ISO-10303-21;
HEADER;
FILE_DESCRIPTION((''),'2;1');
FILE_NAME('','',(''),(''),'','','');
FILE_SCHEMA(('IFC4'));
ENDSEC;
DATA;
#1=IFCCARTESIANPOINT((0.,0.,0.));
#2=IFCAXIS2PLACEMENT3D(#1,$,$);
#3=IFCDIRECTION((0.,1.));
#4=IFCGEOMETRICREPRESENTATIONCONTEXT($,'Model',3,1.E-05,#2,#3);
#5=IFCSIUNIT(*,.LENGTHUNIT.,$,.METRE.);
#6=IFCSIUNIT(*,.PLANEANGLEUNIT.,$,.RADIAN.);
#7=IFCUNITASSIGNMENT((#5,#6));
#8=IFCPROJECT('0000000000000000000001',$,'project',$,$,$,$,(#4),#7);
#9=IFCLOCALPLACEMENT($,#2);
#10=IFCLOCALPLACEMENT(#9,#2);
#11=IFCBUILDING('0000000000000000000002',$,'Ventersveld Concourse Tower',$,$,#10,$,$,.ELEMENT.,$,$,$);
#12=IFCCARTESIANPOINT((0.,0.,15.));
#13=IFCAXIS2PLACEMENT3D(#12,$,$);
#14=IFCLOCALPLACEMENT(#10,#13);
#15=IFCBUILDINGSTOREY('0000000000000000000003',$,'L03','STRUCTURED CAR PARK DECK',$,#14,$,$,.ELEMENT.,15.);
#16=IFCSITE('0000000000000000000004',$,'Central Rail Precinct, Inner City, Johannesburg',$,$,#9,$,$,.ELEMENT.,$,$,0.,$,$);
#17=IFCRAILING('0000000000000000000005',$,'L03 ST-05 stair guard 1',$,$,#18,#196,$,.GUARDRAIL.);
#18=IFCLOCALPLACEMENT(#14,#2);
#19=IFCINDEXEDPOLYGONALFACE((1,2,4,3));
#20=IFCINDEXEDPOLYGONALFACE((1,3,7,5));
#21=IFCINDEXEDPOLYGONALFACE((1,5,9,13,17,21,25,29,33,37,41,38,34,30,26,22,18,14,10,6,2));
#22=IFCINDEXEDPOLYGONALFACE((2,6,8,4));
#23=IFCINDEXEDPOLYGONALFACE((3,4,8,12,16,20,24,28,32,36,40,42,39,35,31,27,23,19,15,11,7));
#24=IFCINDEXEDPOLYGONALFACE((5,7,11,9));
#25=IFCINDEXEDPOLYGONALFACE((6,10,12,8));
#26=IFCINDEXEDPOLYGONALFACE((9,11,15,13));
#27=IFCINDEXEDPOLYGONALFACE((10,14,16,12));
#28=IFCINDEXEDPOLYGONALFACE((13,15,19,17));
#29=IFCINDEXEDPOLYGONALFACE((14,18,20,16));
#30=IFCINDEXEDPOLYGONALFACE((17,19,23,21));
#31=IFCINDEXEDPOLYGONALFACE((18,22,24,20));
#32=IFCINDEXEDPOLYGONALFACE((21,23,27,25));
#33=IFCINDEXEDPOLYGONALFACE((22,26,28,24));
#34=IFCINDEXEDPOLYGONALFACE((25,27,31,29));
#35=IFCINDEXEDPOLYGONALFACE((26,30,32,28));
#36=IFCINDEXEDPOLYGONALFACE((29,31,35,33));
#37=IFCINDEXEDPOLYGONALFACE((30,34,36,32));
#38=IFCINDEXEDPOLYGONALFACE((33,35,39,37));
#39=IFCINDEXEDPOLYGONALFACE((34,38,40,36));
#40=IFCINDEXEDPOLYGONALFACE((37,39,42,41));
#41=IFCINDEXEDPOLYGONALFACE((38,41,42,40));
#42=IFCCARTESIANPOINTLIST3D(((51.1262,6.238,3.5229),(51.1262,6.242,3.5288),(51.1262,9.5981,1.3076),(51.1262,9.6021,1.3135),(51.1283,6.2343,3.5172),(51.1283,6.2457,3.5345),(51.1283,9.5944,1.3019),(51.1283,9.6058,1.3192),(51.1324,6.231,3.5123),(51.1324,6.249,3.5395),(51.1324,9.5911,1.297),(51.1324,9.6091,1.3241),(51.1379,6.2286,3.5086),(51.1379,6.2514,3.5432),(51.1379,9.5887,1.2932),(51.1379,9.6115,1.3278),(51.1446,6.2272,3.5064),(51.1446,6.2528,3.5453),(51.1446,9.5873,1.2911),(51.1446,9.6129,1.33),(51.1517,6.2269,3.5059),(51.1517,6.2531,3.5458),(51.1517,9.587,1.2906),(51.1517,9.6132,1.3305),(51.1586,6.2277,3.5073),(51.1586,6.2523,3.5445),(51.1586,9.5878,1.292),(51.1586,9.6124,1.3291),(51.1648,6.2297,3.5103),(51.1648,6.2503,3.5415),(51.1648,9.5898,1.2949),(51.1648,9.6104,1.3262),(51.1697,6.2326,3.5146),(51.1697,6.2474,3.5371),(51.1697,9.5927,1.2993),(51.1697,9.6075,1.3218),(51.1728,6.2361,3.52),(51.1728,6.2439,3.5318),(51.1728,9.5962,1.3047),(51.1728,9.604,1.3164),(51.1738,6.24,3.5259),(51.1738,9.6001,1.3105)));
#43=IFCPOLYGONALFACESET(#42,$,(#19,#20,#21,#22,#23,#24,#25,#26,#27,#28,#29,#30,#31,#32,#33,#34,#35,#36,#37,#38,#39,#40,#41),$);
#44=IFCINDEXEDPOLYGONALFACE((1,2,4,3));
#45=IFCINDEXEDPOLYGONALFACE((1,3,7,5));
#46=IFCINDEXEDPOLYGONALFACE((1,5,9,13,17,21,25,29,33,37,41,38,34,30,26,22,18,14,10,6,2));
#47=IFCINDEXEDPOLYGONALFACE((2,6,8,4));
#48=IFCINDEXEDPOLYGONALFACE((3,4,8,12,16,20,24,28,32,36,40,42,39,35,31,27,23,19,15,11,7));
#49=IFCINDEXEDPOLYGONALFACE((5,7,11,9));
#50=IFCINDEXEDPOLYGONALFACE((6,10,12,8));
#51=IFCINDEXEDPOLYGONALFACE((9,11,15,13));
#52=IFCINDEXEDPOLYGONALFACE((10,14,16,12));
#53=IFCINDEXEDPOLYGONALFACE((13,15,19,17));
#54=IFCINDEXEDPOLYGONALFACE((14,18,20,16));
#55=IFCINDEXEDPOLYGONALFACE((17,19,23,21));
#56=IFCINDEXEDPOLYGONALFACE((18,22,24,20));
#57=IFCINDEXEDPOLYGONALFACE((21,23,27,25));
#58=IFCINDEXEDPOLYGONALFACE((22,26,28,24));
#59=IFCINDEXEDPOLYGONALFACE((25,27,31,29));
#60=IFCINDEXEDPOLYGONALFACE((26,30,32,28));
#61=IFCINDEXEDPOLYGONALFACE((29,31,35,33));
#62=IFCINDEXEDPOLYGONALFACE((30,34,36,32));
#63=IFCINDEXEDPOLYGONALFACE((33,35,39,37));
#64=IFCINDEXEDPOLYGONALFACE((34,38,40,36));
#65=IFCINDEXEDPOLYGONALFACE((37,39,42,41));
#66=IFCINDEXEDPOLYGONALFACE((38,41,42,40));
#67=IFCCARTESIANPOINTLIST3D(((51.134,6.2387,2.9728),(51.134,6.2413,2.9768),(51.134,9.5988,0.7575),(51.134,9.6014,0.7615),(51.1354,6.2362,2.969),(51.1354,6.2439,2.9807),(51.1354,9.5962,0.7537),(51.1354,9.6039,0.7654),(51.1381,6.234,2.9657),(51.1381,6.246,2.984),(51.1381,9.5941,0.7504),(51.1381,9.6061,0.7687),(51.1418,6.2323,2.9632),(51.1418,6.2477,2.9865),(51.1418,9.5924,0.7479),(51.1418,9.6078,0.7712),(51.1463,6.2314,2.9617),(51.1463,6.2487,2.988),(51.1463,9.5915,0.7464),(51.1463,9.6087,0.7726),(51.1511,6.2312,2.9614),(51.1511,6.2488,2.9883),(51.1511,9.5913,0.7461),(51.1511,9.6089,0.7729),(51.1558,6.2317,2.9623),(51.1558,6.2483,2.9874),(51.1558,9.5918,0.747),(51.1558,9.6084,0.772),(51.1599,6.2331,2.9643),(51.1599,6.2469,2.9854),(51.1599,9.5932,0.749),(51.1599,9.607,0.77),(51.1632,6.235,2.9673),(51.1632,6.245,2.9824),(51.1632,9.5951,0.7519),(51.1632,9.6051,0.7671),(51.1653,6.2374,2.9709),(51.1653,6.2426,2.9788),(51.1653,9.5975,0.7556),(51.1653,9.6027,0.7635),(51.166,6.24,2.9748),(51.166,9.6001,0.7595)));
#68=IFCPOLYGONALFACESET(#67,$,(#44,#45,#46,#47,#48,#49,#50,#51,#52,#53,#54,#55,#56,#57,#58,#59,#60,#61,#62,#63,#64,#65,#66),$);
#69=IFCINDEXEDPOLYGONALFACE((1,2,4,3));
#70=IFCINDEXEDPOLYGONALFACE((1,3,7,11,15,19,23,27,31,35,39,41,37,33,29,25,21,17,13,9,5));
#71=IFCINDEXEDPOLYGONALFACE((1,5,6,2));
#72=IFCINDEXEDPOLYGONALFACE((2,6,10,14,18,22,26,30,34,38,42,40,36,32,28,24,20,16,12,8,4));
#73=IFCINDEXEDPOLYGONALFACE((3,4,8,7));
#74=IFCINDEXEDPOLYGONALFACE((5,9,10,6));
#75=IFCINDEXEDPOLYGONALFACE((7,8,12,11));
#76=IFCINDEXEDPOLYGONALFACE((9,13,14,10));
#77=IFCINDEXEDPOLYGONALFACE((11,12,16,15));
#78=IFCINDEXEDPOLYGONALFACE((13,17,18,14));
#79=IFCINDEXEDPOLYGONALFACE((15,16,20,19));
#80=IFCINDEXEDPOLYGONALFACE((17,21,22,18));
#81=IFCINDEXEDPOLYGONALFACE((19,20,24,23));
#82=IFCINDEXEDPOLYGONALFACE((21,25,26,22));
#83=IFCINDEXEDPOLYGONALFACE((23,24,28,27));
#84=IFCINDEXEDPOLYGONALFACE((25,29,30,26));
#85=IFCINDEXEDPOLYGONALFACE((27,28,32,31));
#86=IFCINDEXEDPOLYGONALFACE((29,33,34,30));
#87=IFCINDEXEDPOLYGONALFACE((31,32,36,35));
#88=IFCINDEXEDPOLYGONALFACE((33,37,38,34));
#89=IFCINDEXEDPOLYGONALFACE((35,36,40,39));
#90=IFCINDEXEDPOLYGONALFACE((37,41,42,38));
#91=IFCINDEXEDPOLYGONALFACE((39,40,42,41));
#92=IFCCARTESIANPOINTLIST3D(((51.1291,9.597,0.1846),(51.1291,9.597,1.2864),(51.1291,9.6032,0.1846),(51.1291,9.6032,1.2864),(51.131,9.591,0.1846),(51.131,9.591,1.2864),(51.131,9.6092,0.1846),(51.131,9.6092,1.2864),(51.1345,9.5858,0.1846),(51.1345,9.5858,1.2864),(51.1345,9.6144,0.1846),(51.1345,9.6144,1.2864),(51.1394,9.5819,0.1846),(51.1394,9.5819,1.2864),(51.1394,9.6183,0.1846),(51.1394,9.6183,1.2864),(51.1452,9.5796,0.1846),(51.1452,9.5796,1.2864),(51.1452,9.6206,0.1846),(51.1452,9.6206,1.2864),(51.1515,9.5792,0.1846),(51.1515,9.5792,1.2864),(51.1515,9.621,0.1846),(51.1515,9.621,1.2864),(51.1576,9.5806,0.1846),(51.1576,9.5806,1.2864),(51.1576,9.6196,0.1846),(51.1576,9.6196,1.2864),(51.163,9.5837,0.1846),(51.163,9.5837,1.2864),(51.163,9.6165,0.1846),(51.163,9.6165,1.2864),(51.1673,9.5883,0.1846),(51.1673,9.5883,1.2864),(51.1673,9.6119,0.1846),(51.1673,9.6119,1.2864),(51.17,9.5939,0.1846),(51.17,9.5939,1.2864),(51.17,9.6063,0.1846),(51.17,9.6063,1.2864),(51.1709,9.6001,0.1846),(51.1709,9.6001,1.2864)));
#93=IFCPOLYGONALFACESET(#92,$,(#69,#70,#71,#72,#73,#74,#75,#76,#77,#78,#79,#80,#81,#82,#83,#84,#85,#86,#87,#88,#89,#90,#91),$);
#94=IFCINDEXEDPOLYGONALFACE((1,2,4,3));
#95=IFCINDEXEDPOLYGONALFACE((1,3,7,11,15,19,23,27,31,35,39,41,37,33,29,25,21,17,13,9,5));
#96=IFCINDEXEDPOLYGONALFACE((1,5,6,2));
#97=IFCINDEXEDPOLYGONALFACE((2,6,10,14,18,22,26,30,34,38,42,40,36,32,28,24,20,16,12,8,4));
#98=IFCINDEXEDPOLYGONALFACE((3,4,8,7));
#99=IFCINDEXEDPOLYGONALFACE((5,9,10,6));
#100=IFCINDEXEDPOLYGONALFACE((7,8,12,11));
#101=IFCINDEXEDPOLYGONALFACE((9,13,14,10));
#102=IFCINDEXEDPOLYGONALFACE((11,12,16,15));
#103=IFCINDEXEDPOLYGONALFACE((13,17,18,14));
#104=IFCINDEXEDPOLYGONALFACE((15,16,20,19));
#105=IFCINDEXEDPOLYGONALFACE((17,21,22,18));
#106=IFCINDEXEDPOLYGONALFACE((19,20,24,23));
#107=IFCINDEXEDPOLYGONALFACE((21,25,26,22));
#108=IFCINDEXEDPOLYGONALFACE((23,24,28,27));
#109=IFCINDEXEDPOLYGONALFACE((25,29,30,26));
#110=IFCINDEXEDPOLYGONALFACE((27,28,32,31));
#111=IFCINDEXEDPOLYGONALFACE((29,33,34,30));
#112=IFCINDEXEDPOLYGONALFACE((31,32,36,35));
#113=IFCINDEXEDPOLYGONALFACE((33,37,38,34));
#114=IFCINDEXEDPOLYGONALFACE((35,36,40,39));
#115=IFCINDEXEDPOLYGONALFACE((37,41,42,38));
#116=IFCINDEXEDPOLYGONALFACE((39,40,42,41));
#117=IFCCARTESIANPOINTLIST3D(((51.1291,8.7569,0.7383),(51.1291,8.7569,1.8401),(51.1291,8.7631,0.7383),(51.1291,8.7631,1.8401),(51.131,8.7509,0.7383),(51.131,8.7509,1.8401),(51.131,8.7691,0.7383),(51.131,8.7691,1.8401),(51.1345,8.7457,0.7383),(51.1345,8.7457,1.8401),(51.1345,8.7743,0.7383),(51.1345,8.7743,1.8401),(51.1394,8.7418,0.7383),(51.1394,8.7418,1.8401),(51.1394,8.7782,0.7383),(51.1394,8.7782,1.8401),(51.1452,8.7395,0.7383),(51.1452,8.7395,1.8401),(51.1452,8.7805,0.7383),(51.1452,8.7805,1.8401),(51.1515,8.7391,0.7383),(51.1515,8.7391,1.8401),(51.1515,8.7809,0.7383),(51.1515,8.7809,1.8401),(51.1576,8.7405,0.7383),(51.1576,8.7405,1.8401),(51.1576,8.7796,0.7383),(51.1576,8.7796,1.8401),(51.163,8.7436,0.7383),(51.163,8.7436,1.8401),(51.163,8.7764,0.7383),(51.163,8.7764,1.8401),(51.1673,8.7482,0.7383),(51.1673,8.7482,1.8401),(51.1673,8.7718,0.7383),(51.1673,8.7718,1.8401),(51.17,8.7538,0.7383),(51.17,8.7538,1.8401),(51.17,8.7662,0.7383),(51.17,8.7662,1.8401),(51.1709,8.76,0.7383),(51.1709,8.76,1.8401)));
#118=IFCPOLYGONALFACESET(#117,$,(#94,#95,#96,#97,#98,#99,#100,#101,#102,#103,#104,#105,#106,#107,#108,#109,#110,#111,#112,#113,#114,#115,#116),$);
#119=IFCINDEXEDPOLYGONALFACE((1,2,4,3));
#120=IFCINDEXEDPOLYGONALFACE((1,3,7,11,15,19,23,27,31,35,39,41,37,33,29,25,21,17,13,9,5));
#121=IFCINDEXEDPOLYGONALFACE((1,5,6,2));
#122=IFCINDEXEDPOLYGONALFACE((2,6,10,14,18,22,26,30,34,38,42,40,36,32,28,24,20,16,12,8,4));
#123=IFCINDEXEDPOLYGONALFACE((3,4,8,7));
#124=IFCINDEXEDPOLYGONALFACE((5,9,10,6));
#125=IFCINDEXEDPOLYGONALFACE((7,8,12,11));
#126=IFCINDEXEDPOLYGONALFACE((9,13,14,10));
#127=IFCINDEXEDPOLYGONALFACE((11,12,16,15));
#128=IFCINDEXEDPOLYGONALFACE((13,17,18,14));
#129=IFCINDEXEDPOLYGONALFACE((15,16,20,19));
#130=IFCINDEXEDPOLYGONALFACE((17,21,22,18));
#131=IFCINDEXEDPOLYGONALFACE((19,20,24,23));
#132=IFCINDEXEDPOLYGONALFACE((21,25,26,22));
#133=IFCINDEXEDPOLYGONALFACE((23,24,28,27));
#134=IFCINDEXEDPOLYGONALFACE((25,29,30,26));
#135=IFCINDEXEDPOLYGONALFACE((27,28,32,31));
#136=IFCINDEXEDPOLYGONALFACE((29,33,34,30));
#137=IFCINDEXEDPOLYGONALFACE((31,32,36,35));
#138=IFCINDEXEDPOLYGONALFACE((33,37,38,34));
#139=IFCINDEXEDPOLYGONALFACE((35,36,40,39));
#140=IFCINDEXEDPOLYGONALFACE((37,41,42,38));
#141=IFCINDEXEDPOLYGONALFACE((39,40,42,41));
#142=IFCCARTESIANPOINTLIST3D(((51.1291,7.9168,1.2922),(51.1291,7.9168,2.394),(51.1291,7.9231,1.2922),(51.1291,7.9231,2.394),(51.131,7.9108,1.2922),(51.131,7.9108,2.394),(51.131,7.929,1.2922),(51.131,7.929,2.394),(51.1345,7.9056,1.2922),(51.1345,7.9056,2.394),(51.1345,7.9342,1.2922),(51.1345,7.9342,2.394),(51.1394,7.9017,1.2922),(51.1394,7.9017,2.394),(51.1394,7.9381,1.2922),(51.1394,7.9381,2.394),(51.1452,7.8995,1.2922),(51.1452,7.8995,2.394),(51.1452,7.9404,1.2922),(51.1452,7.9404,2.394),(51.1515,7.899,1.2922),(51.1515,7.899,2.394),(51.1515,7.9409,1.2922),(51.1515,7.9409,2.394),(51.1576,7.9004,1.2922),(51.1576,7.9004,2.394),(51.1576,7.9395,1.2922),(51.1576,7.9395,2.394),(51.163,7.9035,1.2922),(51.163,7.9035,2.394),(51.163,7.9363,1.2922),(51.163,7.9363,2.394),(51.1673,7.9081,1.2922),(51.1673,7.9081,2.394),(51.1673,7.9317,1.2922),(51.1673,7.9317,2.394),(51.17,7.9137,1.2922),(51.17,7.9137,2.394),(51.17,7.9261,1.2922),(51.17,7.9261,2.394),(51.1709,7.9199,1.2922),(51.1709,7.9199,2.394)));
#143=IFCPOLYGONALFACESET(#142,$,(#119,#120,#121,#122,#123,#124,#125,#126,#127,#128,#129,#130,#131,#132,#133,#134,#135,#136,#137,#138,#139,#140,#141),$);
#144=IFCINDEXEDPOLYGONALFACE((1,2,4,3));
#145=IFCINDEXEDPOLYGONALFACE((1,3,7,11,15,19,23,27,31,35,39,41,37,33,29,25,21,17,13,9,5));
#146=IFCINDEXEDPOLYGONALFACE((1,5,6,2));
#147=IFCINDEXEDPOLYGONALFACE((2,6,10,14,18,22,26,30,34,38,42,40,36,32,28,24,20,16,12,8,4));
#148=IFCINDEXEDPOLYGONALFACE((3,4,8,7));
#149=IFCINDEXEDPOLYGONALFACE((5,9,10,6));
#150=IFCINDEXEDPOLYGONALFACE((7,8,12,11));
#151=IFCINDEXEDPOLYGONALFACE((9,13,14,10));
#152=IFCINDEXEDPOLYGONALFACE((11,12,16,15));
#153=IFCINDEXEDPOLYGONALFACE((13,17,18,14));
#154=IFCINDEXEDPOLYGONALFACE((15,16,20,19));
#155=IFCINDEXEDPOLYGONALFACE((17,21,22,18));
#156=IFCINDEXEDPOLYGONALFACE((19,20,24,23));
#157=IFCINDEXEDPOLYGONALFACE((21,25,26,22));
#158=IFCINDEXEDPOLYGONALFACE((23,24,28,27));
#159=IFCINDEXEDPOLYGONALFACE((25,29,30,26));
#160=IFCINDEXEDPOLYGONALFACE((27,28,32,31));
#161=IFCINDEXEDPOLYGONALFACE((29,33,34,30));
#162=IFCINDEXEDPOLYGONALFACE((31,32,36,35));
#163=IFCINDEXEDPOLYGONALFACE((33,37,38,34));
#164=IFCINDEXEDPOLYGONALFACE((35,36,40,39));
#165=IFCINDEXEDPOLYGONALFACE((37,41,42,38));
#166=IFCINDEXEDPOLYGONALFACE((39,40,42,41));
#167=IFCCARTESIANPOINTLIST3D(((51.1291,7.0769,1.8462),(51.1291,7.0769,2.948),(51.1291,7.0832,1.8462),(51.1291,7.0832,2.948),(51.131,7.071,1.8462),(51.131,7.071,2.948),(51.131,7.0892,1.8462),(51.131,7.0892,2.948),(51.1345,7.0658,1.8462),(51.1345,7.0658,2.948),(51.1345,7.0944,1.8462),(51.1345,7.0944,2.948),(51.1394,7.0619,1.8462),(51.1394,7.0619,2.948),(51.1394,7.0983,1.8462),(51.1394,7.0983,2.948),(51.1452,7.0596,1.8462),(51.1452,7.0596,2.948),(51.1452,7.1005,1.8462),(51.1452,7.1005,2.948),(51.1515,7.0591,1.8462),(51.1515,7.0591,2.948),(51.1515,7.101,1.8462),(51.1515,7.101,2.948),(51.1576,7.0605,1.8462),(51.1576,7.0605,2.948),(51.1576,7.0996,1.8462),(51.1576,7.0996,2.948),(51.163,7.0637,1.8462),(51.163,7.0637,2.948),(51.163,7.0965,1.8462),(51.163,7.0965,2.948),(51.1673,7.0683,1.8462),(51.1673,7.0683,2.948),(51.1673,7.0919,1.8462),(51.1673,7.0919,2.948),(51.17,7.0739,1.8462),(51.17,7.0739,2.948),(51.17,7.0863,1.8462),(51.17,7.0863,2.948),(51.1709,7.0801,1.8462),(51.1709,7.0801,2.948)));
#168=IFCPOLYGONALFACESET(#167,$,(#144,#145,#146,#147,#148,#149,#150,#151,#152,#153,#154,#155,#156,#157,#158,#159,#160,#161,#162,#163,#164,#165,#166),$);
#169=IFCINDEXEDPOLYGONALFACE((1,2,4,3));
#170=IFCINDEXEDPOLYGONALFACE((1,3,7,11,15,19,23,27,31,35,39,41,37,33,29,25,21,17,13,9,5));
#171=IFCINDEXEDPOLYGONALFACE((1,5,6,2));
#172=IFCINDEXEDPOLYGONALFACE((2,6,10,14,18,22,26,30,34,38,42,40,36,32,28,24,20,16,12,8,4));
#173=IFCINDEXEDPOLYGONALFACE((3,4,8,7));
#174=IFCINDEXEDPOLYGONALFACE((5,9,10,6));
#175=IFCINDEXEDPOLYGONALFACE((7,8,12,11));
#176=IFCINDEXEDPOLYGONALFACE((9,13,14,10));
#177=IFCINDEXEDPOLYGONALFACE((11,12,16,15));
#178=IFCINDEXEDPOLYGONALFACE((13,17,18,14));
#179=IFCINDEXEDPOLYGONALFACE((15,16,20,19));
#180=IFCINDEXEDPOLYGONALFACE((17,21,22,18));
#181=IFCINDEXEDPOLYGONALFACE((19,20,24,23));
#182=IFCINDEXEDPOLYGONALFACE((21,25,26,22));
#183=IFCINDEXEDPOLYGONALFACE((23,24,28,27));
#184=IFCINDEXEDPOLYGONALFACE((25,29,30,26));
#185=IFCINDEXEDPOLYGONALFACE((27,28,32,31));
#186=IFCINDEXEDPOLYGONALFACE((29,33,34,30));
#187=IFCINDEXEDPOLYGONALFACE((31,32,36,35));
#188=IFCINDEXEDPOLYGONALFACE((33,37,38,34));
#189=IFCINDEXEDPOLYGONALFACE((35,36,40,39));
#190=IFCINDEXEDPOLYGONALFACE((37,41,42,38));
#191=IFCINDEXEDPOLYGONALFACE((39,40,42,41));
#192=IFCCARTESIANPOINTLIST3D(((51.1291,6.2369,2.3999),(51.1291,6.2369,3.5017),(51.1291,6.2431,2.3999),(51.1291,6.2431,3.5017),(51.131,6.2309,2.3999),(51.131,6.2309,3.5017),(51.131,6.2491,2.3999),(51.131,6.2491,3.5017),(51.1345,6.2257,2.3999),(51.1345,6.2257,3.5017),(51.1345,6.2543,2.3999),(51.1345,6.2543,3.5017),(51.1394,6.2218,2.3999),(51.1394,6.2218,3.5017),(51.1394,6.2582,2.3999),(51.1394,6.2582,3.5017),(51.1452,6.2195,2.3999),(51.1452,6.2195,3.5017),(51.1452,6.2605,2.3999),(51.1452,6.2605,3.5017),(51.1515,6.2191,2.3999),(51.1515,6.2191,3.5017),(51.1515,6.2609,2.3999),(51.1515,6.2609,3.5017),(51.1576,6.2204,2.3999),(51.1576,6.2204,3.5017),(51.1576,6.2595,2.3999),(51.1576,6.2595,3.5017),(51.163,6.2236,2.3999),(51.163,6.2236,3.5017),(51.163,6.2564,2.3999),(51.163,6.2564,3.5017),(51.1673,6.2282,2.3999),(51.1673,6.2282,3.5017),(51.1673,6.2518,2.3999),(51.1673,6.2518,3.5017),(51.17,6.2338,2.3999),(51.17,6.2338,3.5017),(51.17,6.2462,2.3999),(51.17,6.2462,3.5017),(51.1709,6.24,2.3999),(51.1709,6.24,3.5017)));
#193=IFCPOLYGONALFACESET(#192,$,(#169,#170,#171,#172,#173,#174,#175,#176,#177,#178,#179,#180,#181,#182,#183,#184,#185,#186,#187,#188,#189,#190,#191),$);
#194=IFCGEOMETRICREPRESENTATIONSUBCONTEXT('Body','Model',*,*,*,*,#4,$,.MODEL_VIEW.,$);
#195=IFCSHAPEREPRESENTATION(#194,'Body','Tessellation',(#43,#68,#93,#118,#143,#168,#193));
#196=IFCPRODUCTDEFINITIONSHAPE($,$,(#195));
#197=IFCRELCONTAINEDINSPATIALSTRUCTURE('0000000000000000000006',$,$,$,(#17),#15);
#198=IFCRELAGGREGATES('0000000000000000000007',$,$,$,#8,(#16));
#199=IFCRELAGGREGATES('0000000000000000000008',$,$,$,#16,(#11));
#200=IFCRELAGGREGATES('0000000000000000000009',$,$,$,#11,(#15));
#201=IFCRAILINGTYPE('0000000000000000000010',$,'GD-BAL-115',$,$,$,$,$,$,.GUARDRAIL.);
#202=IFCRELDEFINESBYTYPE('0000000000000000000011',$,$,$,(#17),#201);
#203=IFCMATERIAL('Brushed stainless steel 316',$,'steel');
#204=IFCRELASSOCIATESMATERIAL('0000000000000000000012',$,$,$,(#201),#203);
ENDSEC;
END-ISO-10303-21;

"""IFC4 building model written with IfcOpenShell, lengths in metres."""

from ifc_helpers import new_model, si_unit, direction, frame, origin, origin_2d, place, context, subcontext, project, spatial, circle, extrude, material, type_object, element, save


model = new_model("IFC4")

# Units and contexts
model_context = context("Model", 3, precision=1e-05, world=origin(), true_north=direction((0.0, 1.0)))
body_context = subcontext(model_context, "Body", "Model", "MODEL_VIEW")
ifc_project = project(units=[si_unit("LENGTHUNIT", "METRE"), si_unit("PLANEANGLEUNIT", "RADIAN")], contexts=[model_context])

# Site, building, storey
site_placement = place(None, origin())
site = spatial("IfcSite", under=ifc_project, at=site_placement, Name="Central Rail Precinct, Inner City, Johannesburg", CompositionType="ELEMENT", RefElevation=0.0)
building_placement = place(site_placement, origin())
building = spatial("IfcBuilding", under=site, at=building_placement, Name="Ventersveld Concourse Tower", CompositionType="ELEMENT")
storey_placement = place(building_placement, frame((0.0, 0.0, 15.0)))
storey = spatial("IfcBuildingStorey", under=building, at=storey_placement, Name="L03", Description="STRUCTURED CAR PARK DECK", CompositionType="ELEMENT", Elevation=15.0)

# Shared definitions
ifc_material_1 = material(Name="Brushed stainless steel 316", Category="steel")

# Railing
railing_type_1 = type_object("IfcRailingType", Name="GD-BAL-115", PredefinedType="GUARDRAIL", material=ifc_material_1)
railing_1_placement = place(storey_placement, frame((51.1499, 9.6001, 0.1846)))
element("IfcRailing", 1, at=railing_1_placement, inside=storey, type_object=railing_type_1, Name="L03 ST-05 stair guard 1", PredefinedType="GUARDRAIL", context=body_context, shape_type="SweptSolid", body=[
    extrude(circle(Radius=0.0239, at=origin_2d()), frame((0.0, 0.0, 1.126), z_axis=(0.0, -0.834876, 0.550437), x_axis=(1.0, 0.0, 0.0)), (0.0, 0.0, 1.0), 4.0247),
    extrude(circle(Radius=0.0161, at=origin_2d()), frame((0.0, 0.0, 0.575), z_axis=(0.0, -0.834876, 0.550437), x_axis=(1.0, 0.0, 0.0)), (0.0, 0.0, 1.0), 4.0247),
    extrude(circle(Radius=0.021, at=origin_2d()), origin(), (0.0, 0.0, 1.0), 1.1018),
    extrude(circle(Radius=0.021, at=origin_2d()), frame((0.0, -0.8401, 0.5537)), (0.0, 0.0, 1.0), 1.1018),
    extrude(circle(Radius=0.021, at=origin_2d()), frame((0.0, -1.6802, 1.1077)), (0.0, 0.0, 1.0), 1.1018),
    extrude(circle(Radius=0.021, at=origin_2d()), frame((0.0, -2.52, 1.6616)), (0.0, 0.0, 1.0), 1.1018),
    extrude(circle(Radius=0.021, at=origin_2d()), frame((0.0, -3.3601, 2.2153)), (0.0, 0.0, 1.0), 1.1018),
])

save(model, "model.ifc")
